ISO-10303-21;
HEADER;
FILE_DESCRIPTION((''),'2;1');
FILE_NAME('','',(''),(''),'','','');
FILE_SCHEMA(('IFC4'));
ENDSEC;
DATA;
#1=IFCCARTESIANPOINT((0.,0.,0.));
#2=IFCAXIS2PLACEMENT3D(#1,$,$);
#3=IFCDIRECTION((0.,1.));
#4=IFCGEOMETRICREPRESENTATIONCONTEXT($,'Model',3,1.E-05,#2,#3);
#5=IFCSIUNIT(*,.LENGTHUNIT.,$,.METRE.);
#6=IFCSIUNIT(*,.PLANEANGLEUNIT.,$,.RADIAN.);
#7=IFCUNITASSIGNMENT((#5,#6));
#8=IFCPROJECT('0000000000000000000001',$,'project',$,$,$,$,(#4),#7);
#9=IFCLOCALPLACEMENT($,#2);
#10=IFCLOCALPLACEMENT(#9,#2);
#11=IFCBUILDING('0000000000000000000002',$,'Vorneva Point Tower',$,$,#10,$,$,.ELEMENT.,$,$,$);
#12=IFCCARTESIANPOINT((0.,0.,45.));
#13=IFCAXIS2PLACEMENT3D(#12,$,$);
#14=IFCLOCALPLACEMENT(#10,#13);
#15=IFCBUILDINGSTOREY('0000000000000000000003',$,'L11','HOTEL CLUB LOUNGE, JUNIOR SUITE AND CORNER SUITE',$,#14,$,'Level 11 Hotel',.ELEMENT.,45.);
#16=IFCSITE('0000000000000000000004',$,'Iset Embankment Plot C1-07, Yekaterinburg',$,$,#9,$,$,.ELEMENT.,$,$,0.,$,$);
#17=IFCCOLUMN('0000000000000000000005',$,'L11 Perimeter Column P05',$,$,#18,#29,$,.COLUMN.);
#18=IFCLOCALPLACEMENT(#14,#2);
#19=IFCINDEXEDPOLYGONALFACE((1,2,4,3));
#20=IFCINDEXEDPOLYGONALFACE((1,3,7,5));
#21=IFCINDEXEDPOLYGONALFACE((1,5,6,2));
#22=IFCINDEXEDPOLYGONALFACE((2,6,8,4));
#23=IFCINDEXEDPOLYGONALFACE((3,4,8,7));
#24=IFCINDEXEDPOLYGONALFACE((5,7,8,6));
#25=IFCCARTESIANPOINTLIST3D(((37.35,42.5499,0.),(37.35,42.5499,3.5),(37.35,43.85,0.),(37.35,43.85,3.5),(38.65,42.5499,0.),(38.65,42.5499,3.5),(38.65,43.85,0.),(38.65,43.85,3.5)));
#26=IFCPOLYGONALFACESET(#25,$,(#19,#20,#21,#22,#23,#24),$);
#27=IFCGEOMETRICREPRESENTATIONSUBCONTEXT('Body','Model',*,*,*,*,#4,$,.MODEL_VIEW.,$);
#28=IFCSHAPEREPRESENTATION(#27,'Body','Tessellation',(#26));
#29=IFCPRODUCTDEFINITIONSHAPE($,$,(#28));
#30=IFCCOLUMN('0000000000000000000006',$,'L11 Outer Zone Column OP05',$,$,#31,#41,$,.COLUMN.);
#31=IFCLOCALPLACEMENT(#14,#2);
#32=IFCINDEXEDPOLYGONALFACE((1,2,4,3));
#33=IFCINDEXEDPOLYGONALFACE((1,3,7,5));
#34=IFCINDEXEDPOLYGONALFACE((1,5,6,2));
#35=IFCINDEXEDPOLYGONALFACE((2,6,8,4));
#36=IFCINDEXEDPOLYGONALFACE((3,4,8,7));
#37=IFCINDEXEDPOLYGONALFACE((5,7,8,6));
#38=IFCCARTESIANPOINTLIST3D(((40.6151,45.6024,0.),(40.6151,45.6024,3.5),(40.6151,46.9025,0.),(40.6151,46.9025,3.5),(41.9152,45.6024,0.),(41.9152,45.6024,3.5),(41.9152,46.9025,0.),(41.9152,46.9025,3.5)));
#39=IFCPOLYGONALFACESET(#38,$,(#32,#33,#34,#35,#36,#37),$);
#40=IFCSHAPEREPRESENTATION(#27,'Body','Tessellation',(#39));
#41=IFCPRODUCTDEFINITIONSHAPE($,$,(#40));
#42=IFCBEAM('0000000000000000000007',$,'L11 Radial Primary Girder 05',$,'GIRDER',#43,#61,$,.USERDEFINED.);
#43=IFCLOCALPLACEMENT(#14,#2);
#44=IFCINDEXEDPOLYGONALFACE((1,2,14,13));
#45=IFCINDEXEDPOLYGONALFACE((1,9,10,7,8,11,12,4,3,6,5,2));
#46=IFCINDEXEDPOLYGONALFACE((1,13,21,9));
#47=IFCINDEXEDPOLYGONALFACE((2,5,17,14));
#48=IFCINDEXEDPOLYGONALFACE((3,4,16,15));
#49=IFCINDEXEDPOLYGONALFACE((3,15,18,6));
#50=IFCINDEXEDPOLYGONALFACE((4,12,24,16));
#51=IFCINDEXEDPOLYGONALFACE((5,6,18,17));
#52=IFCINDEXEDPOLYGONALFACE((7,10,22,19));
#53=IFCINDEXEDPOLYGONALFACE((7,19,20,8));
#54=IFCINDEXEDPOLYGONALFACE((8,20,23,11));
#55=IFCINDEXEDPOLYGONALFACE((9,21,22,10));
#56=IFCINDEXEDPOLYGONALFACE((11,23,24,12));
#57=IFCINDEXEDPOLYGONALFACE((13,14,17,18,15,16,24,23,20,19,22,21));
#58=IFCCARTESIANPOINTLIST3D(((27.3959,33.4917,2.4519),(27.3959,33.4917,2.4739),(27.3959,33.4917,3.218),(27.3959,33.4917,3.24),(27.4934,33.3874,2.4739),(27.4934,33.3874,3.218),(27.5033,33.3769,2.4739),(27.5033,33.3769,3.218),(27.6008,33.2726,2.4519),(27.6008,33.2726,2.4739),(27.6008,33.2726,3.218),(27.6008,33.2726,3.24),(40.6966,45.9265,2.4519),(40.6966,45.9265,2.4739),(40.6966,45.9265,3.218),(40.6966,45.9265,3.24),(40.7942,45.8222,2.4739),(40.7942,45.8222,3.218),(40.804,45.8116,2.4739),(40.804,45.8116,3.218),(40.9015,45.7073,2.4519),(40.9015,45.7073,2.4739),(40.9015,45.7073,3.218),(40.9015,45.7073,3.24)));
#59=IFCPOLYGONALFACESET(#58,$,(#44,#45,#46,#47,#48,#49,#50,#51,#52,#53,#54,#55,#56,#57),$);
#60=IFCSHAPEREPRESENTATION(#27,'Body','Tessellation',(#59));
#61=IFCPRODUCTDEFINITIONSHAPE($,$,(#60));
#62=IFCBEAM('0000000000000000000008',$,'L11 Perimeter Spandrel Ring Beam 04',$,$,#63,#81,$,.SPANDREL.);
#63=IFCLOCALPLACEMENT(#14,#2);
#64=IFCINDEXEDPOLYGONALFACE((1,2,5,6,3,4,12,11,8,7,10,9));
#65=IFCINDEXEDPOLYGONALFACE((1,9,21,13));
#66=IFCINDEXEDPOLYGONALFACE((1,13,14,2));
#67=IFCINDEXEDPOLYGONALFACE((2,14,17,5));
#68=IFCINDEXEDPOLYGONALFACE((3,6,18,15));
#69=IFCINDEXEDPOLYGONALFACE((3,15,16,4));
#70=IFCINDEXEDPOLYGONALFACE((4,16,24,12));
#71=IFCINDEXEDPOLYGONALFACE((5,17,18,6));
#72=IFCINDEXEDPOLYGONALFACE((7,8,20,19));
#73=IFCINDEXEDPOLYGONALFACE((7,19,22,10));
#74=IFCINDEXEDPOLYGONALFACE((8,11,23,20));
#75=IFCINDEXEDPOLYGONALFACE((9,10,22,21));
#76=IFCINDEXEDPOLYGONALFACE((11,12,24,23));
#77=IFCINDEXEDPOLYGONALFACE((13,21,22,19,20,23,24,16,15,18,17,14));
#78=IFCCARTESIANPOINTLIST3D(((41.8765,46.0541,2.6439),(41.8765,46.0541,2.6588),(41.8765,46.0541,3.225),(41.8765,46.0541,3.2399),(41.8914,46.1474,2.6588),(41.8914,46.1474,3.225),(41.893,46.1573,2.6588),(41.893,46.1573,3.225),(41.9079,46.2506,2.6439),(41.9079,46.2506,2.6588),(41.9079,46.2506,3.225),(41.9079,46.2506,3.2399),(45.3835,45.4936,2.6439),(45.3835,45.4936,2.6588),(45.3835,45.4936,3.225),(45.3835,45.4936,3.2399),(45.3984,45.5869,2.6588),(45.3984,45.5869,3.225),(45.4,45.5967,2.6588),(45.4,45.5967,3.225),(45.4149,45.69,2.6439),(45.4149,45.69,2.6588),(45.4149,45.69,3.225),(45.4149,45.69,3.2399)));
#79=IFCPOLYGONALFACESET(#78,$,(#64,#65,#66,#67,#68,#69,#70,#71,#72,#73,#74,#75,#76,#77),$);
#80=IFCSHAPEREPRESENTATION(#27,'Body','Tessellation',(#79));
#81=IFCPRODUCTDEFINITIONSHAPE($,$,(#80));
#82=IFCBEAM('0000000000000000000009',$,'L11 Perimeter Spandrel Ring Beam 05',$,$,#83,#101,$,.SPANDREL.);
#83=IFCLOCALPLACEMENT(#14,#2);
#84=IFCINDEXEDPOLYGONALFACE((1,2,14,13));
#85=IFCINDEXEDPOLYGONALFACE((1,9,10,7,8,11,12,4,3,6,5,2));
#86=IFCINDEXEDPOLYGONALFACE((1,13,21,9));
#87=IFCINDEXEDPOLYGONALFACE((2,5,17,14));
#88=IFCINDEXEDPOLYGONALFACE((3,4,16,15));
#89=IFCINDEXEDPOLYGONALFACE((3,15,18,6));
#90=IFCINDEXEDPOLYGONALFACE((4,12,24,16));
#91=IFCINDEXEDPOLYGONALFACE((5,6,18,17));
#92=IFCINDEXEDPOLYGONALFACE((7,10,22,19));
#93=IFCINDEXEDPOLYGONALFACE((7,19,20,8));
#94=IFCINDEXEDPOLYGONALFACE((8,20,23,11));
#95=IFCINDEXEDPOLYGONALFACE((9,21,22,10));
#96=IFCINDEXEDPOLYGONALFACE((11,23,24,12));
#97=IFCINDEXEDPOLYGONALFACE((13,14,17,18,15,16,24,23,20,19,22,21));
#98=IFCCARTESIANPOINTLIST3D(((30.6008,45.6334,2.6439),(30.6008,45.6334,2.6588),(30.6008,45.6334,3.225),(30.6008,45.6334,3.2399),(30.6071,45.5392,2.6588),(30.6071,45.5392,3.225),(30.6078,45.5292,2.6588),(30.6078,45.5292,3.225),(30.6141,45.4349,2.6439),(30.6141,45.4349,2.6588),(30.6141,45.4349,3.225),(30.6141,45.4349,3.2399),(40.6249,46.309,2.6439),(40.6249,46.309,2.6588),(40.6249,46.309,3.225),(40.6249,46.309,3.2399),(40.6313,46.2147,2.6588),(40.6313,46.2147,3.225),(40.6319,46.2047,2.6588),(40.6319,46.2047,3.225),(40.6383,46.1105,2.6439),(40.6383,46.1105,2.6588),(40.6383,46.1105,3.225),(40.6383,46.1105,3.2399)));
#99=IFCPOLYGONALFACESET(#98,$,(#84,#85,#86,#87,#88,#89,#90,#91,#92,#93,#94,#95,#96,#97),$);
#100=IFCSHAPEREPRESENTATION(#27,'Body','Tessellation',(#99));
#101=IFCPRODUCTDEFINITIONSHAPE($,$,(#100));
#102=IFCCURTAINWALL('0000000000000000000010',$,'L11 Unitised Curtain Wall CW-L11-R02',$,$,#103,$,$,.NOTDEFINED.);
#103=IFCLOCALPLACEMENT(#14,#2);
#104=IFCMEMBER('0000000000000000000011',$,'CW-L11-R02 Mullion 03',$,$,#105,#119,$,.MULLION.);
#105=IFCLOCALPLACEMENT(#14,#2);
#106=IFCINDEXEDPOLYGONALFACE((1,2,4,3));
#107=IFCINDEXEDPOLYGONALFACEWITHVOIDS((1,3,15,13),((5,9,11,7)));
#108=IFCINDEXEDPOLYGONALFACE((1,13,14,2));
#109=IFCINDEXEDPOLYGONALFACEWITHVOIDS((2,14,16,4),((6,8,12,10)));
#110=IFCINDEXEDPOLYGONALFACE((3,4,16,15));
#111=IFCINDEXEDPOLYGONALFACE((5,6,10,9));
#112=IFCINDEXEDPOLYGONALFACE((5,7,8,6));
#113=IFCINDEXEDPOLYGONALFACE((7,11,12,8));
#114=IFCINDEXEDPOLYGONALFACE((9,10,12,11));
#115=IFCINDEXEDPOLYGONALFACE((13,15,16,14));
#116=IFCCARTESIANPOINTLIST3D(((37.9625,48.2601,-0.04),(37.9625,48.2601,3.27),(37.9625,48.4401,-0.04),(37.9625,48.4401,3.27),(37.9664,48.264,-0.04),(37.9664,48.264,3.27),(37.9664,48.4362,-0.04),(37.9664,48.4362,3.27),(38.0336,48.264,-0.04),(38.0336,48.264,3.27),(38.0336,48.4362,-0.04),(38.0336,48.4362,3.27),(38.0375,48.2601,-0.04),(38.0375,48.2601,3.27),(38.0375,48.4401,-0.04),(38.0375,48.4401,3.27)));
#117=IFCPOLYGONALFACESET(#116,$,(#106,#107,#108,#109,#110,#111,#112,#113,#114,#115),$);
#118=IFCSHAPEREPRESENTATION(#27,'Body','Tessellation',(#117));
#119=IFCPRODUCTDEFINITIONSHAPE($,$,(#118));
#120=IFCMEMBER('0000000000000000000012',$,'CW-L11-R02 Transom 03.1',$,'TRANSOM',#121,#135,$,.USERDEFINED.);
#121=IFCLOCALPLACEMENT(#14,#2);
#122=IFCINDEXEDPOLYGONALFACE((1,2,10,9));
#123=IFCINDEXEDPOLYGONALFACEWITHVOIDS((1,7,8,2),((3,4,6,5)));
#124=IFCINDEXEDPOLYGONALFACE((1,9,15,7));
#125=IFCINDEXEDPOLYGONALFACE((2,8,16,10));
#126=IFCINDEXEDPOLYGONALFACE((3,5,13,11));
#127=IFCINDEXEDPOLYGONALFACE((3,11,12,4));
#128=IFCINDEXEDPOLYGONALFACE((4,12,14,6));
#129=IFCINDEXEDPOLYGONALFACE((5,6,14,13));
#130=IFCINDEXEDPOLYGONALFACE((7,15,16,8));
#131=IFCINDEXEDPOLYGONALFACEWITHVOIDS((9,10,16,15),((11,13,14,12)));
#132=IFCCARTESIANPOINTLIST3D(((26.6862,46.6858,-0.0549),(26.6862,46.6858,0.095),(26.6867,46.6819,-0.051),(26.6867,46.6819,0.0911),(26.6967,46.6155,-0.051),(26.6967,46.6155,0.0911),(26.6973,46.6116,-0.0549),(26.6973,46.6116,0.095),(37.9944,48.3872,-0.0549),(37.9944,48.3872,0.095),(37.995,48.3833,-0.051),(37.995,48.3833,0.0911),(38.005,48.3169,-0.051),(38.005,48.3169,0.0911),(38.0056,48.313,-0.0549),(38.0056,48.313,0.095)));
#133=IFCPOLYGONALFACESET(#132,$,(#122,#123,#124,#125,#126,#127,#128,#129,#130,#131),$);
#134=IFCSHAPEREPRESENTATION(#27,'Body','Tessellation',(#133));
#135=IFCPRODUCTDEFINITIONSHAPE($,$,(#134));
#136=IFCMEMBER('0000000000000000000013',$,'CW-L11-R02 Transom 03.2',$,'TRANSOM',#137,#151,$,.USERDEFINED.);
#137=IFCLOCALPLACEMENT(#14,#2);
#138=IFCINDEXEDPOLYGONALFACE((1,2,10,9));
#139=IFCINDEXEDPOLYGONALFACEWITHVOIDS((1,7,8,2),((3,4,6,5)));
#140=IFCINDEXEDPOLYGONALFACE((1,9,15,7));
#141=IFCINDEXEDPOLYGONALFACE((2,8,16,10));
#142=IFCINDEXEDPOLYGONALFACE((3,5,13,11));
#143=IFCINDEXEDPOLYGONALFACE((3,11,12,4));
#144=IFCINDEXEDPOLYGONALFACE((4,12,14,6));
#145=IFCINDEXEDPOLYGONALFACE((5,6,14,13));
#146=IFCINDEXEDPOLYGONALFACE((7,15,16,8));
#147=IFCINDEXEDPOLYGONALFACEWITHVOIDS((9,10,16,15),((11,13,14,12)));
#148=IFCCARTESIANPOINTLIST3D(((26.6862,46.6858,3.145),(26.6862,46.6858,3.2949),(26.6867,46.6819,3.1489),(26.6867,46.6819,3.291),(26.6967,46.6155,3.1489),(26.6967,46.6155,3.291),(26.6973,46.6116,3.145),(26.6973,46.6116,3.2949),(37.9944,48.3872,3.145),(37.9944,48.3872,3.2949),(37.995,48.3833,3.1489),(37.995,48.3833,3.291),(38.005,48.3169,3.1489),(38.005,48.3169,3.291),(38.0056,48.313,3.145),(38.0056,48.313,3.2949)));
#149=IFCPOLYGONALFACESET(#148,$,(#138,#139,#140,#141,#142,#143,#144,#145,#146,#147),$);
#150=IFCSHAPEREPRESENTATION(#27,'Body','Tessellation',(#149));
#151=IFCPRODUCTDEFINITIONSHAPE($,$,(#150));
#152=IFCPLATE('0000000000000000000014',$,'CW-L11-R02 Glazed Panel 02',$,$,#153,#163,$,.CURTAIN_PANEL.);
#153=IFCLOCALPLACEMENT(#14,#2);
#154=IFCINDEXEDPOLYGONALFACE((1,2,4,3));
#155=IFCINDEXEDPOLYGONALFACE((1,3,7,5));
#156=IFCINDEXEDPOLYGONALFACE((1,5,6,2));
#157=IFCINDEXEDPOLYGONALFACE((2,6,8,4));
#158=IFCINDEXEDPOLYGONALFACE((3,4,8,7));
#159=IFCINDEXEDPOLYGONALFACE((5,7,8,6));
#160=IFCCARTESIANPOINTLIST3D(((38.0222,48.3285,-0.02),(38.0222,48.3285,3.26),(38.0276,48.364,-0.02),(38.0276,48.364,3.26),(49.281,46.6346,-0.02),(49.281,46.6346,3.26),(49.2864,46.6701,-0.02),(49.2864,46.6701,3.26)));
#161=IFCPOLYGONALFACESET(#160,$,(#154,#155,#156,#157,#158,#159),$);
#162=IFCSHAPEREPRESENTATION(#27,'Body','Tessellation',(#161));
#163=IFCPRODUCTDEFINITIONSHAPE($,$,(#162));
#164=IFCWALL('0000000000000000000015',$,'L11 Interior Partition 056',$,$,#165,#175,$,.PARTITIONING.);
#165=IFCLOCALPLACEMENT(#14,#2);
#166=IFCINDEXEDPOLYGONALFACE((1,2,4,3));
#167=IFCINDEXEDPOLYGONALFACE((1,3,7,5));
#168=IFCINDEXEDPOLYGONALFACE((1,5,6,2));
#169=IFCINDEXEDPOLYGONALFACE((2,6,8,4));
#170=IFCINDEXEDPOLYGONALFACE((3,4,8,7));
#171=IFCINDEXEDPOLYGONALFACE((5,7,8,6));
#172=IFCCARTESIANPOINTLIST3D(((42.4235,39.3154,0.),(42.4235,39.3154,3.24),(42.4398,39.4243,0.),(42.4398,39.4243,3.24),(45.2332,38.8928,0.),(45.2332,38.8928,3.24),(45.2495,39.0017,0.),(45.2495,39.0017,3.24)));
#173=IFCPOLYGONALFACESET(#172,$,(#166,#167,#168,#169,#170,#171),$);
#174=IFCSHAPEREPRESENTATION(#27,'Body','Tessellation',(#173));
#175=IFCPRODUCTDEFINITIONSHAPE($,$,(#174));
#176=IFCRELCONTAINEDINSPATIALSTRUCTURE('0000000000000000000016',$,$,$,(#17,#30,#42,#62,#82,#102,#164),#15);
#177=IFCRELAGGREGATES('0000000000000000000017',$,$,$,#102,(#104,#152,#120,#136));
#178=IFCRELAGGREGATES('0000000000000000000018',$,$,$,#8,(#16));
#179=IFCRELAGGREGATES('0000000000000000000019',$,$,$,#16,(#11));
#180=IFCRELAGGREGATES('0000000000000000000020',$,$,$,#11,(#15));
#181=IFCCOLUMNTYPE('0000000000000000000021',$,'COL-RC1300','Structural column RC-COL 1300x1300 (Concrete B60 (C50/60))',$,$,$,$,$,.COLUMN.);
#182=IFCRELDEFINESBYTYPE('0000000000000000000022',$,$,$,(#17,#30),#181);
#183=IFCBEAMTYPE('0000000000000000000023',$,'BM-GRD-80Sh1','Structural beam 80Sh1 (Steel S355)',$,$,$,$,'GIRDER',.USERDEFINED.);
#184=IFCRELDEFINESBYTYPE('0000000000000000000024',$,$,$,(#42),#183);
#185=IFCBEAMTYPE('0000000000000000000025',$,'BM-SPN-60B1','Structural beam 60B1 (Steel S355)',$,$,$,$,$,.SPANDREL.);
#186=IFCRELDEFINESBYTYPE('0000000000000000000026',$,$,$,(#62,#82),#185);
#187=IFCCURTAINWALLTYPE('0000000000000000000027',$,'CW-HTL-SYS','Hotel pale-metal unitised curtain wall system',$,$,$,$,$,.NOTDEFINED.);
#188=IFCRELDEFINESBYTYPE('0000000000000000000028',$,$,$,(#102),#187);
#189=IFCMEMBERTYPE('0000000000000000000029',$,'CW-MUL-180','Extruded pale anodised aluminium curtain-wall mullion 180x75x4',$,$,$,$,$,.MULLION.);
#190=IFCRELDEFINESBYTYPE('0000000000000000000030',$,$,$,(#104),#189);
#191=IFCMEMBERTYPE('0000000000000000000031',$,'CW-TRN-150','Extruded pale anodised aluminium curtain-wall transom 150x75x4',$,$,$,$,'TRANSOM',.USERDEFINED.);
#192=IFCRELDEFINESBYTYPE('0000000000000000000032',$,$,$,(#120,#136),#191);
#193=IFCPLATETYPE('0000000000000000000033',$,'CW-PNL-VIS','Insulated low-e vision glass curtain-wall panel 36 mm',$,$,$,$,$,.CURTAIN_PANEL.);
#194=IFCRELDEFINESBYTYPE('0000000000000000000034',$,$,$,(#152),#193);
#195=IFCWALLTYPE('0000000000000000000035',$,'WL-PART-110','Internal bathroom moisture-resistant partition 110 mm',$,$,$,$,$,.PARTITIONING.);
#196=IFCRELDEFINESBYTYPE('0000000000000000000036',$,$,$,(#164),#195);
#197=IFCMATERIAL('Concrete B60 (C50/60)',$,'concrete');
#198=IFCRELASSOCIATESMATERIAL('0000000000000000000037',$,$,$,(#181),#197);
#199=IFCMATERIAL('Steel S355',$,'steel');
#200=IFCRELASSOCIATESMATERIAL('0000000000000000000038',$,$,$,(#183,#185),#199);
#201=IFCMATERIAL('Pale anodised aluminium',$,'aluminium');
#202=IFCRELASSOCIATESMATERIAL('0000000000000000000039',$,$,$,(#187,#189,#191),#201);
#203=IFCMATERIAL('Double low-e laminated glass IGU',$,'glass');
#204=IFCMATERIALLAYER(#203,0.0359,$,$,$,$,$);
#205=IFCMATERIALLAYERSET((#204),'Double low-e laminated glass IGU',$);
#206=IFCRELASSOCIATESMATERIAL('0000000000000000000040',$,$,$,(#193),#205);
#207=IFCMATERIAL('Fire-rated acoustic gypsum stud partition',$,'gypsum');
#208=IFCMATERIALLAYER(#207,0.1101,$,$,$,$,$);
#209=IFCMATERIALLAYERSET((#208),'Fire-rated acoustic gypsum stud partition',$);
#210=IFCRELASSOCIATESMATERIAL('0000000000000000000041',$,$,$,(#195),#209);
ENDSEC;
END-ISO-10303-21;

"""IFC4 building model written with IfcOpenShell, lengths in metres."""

from ifc_helpers import new_model, si_unit, direction, frame, frame_2d, origin, origin_2d, place, context, subcontext, project, spatial, rectangle, hollow_rectangle, i_section, extrude, material, layer, layer_set, material_profile, profile_set, type_object, element, aggregate, save


model = new_model("IFC4")

# Units and contexts
model_context = context("Model", 3, precision=1e-05, world=origin(), true_north=direction((0.0, 1.0)))
body_context = subcontext(model_context, "Body", "Model", "MODEL_VIEW")
ifc_project = project(units=[si_unit("LENGTHUNIT", "METRE"), si_unit("PLANEANGLEUNIT", "RADIAN")], contexts=[model_context])

# Site, building, storey
site_placement = place(None, origin())
site = spatial("IfcSite", under=ifc_project, at=site_placement, Name="Iset Embankment Plot C1-07, Yekaterinburg", CompositionType="ELEMENT", RefElevation=0.0)
building_placement = place(site_placement, origin())
building = spatial("IfcBuilding", under=site, at=building_placement, Name="Vorneva Point Tower", CompositionType="ELEMENT")
storey_placement = place(building_placement, frame((0.0, 0.0, 45.0)))
storey = spatial("IfcBuildingStorey", under=building, at=storey_placement, Name="L11", Description="HOTEL CLUB LOUNGE, JUNIOR SUITE AND CORNER SUITE", LongName="Level 11 Hotel", CompositionType="ELEMENT", Elevation=45.0)

# Columns
ifc_material_1 = material(Name="Concrete B60 (C50/60)", Category="concrete")
ifc_material_profile_1 = material_profile(ifc_material_1, rectangle(XDim=1.3, YDim=1.3, at=origin_2d()), Name="RC-COL 1300x1300")
ifc_profile_set_1 = profile_set([ifc_material_profile_1], Name="Concrete B60 (C50/60)")
column_type = type_object("IfcColumnType", Name="COL-RC1300", Description="Structural column RC-COL 1300x1300 (Concrete B60 (C50/60))", PredefinedType="COLUMN", material=ifc_profile_set_1)
for number, where, z_axis, x_axis, name in (
    (1, (38.0, 43.2, 0.0), (0.0, 0.0, 1.0), (0.0, 1.0, 0.0), "L11 Perimeter Column P05"),
    (2, (41.2651, 46.2524, 0.0), (0.0, 0.0, 1.0), (0.0, 1.0, 0.0), "L11 Outer Zone Column OP05"),
):
    element("IfcColumn", number, at=place(storey_placement, frame(where, z_axis=z_axis, x_axis=x_axis)), inside=storey, type_object=column_type, Name=name, PredefinedType="COLUMN", context=body_context, shape_type="SweptSolid", body=[
        extrude(rectangle(XDim=1.3, YDim=1.3, at=origin_2d()), origin(), (0.0, 0.0, 1.0), 3.5),
    ])

# Beams
ifc_material_2 = material(Name="Steel S355", Category="steel")
ifc_material_profile_2 = material_profile(ifc_material_2, i_section(OverallWidth=0.3, OverallDepth=0.7881, WebThickness=0.0144, FlangeThickness=0.022, at=origin_2d()), Name="80Sh1")
ifc_profile_set_2 = profile_set([ifc_material_profile_2], Name="Steel S355")
beam_type_1 = type_object("IfcBeamType", Name="BM-GRD-80Sh1", Description="Structural beam 80Sh1 (Steel S355)", ElementType="GIRDER", PredefinedType="USERDEFINED", material=ifc_profile_set_2)
beam_1_placement = place(storey_placement, frame((40.7991, 45.8169, 2.8459), z_axis=(-0.730487, -0.682927, 0.0), x_axis=(0.682927, -0.730487, 0.0)))
element("IfcBeam", 3, at=beam_1_placement, inside=storey, type_object=beam_type_1, Name="L11 Radial Primary Girder 05", ObjectType="GIRDER", PredefinedType="USERDEFINED", context=body_context, shape_type="SweptSolid", body=[
    extrude(i_section(OverallWidth=0.3, OverallDepth=0.7881, WebThickness=0.0144, FlangeThickness=0.022, at=origin_2d()), origin(), (0.0, 0.0, 1.0), 18.208),
])
ifc_material_profile_3 = material_profile(ifc_material_2, i_section(OverallWidth=0.199, OverallDepth=0.5959, WebThickness=0.01, FlangeThickness=0.0149, at=origin_2d()), Name="60B1")
ifc_profile_set_3 = profile_set([ifc_material_profile_3], Name="Steel S355")
beam_type_2 = type_object("IfcBeamType", Name="BM-SPN-60B1", Description="Structural beam 60B1 (Steel S355)", PredefinedType="SPANDREL", material=ifc_profile_set_3)
beam_2_placement = place(storey_placement, frame((45.3992, 45.5918, 2.9419), z_axis=(-0.987466, 0.15783, 0.0), x_axis=(-0.15783, -0.987466, 0.0)))
element("IfcBeam", 4, at=beam_2_placement, inside=storey, type_object=beam_type_2, Name="L11 Perimeter Spandrel Ring Beam 04", PredefinedType="SPANDREL", context=body_context, shape_type="SweptSolid", body=[
    extrude(i_section(OverallWidth=0.199, OverallDepth=0.5959, WebThickness=0.01, FlangeThickness=0.0149, at=origin_2d()), origin(), (0.0, 0.0, 1.0), 3.5515),
])
beam_3_placement = place(storey_placement, frame((40.6316, 46.2097, 2.9419), z_axis=(-0.997737, -0.067238, 0.0), x_axis=(0.067238, -0.997737, 0.0)))
element("IfcBeam", 5, at=beam_3_placement, inside=storey, type_object=beam_type_2, Name="L11 Perimeter Spandrel Ring Beam 05", PredefinedType="SPANDREL", context=body_context, shape_type="SweptSolid", body=[
    extrude(i_section(OverallWidth=0.199, OverallDepth=0.5959, WebThickness=0.01, FlangeThickness=0.0149, at=origin_2d()), origin(), (0.0, 0.0, 1.0), 10.0469),
])

# Curtain wall, members, plate
ifc_material_3 = material(Name="Pale anodised aluminium", Category="aluminium")
curtain_wall_type = type_object("IfcCurtainWallType", Name="CW-HTL-SYS", Description="Hotel pale-metal unitised curtain wall system", PredefinedType="NOTDEFINED", material=ifc_material_3)
curtain_wall_placement = place(storey_placement, origin())
curtain_wall = element("IfcCurtainWall", 6, at=curtain_wall_placement, inside=storey, type_object=curtain_wall_type, Name="L11 Unitised Curtain Wall CW-L11-R02", PredefinedType="NOTDEFINED")
ifc_material_profile_4 = material_profile(ifc_material_3, hollow_rectangle(XDim=0.075, YDim=0.1799, WallThickness=0.0039, at=origin_2d()), Name="AL-MUL 180x75x4")
ifc_profile_set_4 = profile_set([ifc_material_profile_4], Name="Pale anodised aluminium")
member_type_1 = type_object("IfcMemberType", Name="CW-MUL-180", Description="Extruded pale anodised aluminium curtain-wall mullion 180x75x4", PredefinedType="MULLION", material=ifc_profile_set_4)
member_1_placement = place(storey_placement, frame((38.0, 48.3501, -0.04), z_axis=(0.0, 0.0, 1.0), x_axis=(1.0, 0.0, 0.0)))
member_1 = element("IfcMember", 7, at=member_1_placement, type_object=member_type_1, Name="CW-L11-R02 Mullion 03", PredefinedType="MULLION", context=body_context, shape_type="SweptSolid", body=[
    extrude(hollow_rectangle(XDim=0.075, YDim=0.1799, WallThickness=0.0039, at=origin_2d()), origin(), (0.0, 0.0, 1.0), 3.3101),
])
ifc_material_profile_5 = material_profile(ifc_material_3, hollow_rectangle(XDim=0.075, YDim=0.1499, WallThickness=0.0039, at=origin_2d()), Name="AL-TRN 150x75x4")
ifc_profile_set_5 = profile_set([ifc_material_profile_5], Name="Pale anodised aluminium")
member_type_2 = type_object("IfcMemberType", Name="CW-TRN-150", Description="Extruded pale anodised aluminium curtain-wall transom 150x75x4", ElementType="TRANSOM", PredefinedType="USERDEFINED", material=ifc_profile_set_5)
member_2_placement = place(storey_placement, frame((38.0, 48.3501, 0.02), z_axis=(-0.98887, -0.148782, 0.0), x_axis=(0.148782, -0.98887, 0.0)))
member_2 = element("IfcMember", 8, at=member_2_placement, type_object=member_type_2, Name="CW-L11-R02 Transom 03.1", ObjectType="TRANSOM", PredefinedType="USERDEFINED", context=body_context, shape_type="SweptSolid", body=[
    extrude(hollow_rectangle(XDim=0.075, YDim=0.1499, WallThickness=0.0039, at=origin_2d()), origin(), (0.0, 0.0, 1.0), 11.4355),
])
member_3_placement = place(storey_placement, frame((38.0, 48.3501, 3.22), z_axis=(-0.98887, -0.148782, 0.0), x_axis=(0.148782, -0.98887, 0.0)))
member_3 = element("IfcMember", 9, at=member_3_placement, type_object=member_type_2, Name="CW-L11-R02 Transom 03.2", ObjectType="TRANSOM", PredefinedType="USERDEFINED", context=body_context, shape_type="SweptSolid", body=[
    extrude(hollow_rectangle(XDim=0.075, YDim=0.1499, WallThickness=0.0039, at=origin_2d()), origin(), (0.0, 0.0, 1.0), 11.4355),
])
ifc_material_4 = material(Name="Double low-e laminated glass IGU", Category="glass")
ifc_layer_1 = layer(ifc_material_4, 0.0359)
ifc_layer_set_1 = layer_set([ifc_layer_1], Name="Double low-e laminated glass IGU")
plate_type = type_object("IfcPlateType", Name="CW-PNL-VIS", Description="Insulated low-e vision glass curtain-wall panel 36 mm", PredefinedType="CURTAIN_PANEL", material=ifc_layer_set_1)
plate_placement = place(storey_placement, frame((43.6543, 47.4993, -0.02), z_axis=(0.0, 0.0, 1.0), x_axis=(-0.988871, 0.148776, 0.0)))
plate = element("IfcPlate", 10, at=plate_placement, type_object=plate_type, Name="CW-L11-R02 Glazed Panel 02", PredefinedType="CURTAIN_PANEL", context=body_context, shape_type="SweptSolid", body=[
    extrude(rectangle(XDim=11.3855, YDim=0.0359, at=origin_2d()), origin(), (0.0, 0.0, 1.0), 3.28),
])
aggregate(curtain_wall, [member_1, plate, member_2, member_3])

# Wall
ifc_material_5 = material(Name="Fire-rated acoustic gypsum stud partition", Category="gypsum")
ifc_layer_2 = layer(ifc_material_5, 0.1101)
ifc_layer_set_2 = layer_set([ifc_layer_2], Name="Fire-rated acoustic gypsum stud partition")
wall_type_1 = type_object("IfcWallType", Name="WL-PART-110", Description="Internal bathroom moisture-resistant partition 110 mm", PredefinedType="PARTITIONING", material=ifc_layer_set_2)
wall_1_placement = place(storey_placement, frame((42.4316, 39.3699, 0.0), z_axis=(0.0, 0.0, 1.0), x_axis=(0.988878, -0.148731, 0.0)))
element("IfcWall", 11, at=wall_1_placement, inside=storey, type_object=wall_type_1, Name="L11 Interior Partition 056", PredefinedType="PARTITIONING", context=body_context, shape_type="SweptSolid", body=[
    extrude(rectangle(XDim=2.8413, YDim=0.1101, at=frame_2d((1.4207, 0.0))), origin(), (0.0, 0.0, 1.0), 3.24),
])

save(model, "model.ifc")
